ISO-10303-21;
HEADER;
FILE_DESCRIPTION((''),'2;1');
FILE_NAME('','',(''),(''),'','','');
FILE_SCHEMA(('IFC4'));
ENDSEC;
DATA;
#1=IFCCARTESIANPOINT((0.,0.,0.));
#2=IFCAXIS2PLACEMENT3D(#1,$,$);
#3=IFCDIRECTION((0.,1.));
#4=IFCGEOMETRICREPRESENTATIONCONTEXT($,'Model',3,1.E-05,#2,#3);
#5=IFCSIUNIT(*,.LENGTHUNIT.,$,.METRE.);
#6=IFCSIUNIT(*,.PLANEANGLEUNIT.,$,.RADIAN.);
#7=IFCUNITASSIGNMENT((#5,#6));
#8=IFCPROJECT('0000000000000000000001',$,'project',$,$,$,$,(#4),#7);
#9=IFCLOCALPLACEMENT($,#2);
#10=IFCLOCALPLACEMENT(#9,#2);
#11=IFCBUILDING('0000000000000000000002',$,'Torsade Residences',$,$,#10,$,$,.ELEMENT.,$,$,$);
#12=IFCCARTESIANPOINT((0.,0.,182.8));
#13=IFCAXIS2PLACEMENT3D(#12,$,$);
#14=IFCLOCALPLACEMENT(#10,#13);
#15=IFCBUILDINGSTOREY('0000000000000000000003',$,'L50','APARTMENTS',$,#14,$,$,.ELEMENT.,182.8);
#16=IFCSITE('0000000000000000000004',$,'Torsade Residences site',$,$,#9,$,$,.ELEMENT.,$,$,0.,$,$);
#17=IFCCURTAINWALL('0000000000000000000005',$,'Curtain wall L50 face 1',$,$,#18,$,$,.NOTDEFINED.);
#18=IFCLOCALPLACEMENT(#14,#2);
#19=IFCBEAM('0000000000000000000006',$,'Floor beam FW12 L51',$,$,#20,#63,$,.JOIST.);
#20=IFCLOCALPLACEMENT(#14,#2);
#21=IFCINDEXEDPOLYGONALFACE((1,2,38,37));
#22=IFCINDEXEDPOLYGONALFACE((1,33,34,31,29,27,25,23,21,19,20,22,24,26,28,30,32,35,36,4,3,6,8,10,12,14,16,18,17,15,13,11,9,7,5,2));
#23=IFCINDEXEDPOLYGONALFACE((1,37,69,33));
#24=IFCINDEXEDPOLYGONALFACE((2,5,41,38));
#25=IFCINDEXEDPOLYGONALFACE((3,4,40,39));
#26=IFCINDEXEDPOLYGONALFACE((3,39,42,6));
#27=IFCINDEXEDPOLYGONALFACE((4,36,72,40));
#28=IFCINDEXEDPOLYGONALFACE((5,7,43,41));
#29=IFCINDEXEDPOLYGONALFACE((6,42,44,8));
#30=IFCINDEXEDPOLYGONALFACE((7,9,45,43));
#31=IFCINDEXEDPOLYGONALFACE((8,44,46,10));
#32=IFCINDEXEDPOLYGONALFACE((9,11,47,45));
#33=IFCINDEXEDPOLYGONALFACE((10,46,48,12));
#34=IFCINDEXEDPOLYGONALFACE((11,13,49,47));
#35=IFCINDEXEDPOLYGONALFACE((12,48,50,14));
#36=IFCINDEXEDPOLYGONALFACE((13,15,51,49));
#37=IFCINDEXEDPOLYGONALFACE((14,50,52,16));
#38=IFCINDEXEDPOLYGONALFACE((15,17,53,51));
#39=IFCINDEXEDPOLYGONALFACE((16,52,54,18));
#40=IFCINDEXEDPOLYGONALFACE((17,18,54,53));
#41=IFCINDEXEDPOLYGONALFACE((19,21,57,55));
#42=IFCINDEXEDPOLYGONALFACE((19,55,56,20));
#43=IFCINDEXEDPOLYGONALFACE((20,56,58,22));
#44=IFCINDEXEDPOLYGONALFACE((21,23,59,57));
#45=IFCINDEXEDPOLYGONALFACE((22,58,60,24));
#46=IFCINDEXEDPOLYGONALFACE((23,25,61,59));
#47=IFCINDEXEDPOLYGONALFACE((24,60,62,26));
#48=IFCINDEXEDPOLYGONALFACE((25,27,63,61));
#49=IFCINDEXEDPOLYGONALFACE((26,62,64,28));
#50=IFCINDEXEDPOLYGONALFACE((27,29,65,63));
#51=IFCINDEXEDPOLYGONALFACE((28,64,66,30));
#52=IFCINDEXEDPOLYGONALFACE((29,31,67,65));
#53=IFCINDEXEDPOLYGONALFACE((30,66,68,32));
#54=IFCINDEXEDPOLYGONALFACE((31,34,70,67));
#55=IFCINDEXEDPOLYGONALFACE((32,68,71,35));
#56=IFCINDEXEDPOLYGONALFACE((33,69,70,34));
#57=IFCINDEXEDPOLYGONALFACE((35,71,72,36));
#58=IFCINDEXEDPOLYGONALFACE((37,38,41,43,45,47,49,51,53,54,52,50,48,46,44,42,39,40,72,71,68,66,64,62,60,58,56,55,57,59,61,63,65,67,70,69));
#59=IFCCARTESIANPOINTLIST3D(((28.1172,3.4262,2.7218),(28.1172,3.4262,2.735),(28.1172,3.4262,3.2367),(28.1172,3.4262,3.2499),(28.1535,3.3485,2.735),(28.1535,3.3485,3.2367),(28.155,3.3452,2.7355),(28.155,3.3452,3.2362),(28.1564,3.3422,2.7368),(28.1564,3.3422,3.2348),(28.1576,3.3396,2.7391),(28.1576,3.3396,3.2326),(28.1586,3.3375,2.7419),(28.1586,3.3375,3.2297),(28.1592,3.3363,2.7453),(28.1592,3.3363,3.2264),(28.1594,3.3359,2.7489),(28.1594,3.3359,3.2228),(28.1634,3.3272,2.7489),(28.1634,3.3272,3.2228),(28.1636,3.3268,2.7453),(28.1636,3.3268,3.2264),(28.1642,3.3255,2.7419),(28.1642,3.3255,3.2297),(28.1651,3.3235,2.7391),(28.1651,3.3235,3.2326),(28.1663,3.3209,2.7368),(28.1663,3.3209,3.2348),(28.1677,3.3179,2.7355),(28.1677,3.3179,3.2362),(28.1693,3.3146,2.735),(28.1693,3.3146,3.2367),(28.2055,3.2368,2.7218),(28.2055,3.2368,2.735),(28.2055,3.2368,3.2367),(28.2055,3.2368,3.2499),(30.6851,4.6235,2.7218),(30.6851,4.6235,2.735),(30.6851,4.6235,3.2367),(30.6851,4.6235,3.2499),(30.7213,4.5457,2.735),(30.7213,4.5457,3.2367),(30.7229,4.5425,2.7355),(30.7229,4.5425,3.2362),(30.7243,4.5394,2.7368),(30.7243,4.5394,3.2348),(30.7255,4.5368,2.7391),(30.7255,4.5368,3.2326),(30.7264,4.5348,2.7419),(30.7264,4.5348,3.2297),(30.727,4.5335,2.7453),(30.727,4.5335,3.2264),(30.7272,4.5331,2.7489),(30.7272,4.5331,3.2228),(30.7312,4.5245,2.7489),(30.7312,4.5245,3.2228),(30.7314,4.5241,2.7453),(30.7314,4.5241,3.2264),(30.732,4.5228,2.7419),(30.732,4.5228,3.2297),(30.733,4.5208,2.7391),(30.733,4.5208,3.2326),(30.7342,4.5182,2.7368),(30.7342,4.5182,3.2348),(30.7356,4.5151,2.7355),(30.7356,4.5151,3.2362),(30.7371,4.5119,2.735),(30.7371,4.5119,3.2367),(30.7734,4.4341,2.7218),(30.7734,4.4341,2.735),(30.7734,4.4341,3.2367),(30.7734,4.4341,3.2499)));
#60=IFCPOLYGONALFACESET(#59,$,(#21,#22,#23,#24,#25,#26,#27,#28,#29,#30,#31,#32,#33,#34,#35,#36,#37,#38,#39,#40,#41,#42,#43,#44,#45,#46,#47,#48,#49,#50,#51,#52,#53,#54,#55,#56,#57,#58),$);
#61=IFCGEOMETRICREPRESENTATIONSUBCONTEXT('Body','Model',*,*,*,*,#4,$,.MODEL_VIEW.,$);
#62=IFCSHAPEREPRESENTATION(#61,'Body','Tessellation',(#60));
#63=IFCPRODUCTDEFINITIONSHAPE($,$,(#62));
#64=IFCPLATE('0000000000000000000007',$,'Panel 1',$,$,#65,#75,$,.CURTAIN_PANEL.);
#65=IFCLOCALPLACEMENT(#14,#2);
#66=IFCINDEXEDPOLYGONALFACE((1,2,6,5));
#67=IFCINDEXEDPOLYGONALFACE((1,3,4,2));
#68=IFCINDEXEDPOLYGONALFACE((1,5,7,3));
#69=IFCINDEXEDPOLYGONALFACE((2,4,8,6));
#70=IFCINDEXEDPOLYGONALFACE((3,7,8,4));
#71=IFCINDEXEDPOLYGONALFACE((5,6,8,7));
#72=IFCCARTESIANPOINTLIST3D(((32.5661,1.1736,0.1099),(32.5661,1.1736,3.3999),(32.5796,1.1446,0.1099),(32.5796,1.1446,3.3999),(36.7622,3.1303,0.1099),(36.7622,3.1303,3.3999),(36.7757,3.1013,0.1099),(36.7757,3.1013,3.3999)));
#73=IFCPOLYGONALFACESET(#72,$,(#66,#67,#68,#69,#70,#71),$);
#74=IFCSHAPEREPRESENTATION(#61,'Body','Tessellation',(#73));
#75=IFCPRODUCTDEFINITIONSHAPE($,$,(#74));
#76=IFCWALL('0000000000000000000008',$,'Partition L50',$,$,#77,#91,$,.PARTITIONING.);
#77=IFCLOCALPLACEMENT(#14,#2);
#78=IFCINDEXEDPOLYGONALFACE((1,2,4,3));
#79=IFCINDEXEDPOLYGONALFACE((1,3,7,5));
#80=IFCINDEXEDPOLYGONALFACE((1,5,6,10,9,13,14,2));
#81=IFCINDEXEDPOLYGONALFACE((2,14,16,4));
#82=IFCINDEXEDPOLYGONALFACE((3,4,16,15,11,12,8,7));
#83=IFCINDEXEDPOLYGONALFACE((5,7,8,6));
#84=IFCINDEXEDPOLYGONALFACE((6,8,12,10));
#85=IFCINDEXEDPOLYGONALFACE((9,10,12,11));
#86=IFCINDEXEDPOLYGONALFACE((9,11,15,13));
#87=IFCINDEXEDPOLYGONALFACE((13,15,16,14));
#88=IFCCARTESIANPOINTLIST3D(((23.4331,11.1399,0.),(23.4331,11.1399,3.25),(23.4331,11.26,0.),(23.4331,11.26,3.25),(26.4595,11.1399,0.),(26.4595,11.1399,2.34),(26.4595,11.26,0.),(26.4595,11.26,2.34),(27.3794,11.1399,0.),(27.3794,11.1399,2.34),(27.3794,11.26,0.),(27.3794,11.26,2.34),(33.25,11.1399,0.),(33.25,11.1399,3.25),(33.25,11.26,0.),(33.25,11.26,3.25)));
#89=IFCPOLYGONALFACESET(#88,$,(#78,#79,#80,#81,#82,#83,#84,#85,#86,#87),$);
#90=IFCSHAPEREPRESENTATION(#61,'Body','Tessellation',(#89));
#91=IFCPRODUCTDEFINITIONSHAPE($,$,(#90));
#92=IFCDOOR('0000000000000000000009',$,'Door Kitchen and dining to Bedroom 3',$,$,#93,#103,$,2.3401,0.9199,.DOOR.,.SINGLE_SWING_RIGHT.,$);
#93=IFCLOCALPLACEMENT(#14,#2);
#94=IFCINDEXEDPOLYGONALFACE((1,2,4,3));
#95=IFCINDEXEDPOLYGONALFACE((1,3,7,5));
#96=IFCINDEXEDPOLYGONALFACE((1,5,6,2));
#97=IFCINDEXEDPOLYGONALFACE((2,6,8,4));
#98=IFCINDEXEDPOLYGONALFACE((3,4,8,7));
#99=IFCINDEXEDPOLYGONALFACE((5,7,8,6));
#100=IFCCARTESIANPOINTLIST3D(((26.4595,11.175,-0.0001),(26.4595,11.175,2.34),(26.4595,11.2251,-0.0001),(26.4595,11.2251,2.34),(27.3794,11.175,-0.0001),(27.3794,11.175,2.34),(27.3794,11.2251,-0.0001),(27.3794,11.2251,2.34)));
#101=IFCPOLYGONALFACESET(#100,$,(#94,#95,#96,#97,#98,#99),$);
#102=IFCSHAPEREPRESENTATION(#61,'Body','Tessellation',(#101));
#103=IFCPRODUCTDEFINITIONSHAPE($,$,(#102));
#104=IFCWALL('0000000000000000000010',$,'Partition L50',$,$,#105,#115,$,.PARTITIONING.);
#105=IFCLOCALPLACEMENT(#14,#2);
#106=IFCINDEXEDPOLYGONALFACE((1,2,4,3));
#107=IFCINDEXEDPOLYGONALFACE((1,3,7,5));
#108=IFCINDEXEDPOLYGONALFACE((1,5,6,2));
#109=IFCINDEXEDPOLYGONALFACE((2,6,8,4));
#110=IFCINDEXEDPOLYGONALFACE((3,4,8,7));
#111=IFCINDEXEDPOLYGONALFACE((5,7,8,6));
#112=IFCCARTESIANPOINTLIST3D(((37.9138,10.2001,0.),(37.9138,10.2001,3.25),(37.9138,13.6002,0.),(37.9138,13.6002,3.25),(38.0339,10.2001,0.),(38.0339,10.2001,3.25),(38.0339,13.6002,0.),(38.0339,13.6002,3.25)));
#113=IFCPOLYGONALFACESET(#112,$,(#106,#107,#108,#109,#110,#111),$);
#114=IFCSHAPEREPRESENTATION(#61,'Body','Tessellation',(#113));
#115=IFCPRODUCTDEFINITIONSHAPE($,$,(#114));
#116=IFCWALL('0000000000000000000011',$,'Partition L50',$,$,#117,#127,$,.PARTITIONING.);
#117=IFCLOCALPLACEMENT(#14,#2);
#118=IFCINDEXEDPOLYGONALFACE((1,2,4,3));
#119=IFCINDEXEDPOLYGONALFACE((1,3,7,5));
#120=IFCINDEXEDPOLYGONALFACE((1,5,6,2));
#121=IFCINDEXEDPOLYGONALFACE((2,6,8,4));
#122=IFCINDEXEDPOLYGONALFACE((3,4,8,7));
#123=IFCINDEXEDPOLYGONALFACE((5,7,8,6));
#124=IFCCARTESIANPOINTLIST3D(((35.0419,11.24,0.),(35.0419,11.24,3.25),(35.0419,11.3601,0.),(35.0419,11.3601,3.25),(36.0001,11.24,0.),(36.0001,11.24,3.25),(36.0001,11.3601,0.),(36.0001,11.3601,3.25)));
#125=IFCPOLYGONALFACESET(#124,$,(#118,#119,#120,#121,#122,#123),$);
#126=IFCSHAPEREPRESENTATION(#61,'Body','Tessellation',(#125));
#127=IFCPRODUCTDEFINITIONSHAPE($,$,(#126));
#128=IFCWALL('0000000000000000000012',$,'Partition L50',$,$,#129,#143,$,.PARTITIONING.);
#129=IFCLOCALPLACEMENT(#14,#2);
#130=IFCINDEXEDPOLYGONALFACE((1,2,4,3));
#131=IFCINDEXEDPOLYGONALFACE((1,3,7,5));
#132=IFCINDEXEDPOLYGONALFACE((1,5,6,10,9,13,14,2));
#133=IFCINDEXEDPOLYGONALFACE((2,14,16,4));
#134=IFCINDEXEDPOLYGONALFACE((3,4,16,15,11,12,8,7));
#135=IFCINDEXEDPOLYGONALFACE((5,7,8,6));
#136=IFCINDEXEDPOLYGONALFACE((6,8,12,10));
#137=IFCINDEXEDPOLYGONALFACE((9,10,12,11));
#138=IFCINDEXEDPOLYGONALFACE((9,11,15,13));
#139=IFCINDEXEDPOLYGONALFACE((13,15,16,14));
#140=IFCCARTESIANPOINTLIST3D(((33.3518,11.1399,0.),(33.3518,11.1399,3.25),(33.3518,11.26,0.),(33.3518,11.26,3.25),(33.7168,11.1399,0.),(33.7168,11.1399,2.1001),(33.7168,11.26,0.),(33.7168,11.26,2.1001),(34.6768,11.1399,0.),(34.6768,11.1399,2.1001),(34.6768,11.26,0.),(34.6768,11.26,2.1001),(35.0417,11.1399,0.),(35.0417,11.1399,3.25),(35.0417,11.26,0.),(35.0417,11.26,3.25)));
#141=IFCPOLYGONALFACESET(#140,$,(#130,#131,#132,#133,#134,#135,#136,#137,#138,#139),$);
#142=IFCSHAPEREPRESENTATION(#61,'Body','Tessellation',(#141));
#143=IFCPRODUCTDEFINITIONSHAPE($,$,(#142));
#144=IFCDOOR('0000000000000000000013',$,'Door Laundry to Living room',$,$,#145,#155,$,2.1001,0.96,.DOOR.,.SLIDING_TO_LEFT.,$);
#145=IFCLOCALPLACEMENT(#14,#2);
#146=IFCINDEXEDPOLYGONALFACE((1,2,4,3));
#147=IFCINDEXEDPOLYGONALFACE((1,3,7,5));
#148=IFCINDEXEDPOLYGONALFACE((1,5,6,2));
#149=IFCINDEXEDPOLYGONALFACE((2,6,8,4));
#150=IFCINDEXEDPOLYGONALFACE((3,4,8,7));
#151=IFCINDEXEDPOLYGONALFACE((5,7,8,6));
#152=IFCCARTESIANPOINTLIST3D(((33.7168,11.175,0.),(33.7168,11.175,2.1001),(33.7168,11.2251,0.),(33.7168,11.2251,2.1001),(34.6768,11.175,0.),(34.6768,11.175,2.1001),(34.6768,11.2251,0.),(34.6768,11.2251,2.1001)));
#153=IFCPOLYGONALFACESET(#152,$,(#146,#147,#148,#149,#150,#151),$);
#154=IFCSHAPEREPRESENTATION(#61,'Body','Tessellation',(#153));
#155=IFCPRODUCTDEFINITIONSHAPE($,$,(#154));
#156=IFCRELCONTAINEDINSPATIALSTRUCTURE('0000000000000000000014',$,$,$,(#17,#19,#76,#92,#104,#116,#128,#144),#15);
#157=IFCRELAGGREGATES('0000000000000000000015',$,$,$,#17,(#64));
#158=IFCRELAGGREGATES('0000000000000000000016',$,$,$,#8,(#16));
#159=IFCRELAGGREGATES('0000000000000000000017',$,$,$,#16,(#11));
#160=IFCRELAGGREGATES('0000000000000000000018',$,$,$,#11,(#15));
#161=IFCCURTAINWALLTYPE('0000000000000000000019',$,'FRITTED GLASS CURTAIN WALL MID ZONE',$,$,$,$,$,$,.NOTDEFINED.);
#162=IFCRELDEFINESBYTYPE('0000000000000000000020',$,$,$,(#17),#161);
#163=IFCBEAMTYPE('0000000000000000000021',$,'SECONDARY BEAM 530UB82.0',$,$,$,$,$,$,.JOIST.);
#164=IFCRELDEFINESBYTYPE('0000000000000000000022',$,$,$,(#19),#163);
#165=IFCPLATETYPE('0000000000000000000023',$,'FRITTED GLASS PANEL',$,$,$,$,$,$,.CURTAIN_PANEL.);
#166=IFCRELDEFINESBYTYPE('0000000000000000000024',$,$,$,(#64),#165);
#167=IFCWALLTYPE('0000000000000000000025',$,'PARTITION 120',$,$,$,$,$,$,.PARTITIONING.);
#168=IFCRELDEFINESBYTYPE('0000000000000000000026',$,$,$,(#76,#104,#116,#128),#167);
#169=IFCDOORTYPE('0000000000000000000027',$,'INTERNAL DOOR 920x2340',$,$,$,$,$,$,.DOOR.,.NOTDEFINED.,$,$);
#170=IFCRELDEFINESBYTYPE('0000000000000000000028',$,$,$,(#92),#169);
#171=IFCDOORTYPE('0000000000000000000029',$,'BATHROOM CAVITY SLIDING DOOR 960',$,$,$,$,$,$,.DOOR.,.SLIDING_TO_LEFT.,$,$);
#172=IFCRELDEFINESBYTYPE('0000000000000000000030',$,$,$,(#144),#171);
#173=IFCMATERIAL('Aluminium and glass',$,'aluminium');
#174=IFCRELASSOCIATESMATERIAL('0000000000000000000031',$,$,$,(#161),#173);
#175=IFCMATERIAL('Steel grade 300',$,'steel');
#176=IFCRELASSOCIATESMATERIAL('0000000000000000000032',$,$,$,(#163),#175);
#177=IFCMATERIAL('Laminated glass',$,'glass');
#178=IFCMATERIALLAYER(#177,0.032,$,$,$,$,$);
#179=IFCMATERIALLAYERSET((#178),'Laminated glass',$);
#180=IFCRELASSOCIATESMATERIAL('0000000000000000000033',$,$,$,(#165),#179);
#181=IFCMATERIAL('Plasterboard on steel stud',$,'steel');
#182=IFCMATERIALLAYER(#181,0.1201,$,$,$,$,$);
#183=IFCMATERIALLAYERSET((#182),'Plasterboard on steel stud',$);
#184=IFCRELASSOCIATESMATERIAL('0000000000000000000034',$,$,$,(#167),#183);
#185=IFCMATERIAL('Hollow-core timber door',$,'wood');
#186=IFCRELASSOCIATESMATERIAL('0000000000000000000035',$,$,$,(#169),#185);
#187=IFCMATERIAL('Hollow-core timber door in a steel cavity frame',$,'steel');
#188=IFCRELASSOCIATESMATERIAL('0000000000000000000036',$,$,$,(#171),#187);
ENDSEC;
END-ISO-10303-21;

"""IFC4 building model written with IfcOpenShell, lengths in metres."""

from ifc_helpers import new_model, si_unit, direction, frame, frame_2d, origin, origin_2d, place, context, subcontext, project, spatial, rectangle, i_section, extrude, material, layer, layer_set, material_profile, profile_set, type_object, element, fill, aggregate, save


model = new_model("IFC4")

# Units and contexts
model_context = context("Model", 3, precision=1e-05, world=origin(), true_north=direction((0.0, 1.0)))
body_context = subcontext(model_context, "Body", "Model", "MODEL_VIEW")
ifc_project = project(units=[si_unit("LENGTHUNIT", "METRE"), si_unit("PLANEANGLEUNIT", "RADIAN")], contexts=[model_context])

# Site, building, storey
site_placement = place(None, origin())
site = spatial("IfcSite", under=ifc_project, at=site_placement, Name="Torsade Residences site", CompositionType="ELEMENT", RefElevation=0.0)
building_placement = place(site_placement, origin())
building = spatial("IfcBuilding", under=site, at=building_placement, Name="Torsade Residences", CompositionType="ELEMENT")
storey_placement = place(building_placement, frame((0.0, 0.0, 182.8)))
storey = spatial("IfcBuildingStorey", under=building, at=storey_placement, Name="L50", Description="APARTMENTS", CompositionType="ELEMENT", Elevation=182.8)

# Curtain wall
ifc_material_1 = material(Name="Aluminium and glass", Category="aluminium")
curtain_wall_type = type_object("IfcCurtainWallType", Name="FRITTED GLASS CURTAIN WALL MID ZONE", PredefinedType="NOTDEFINED", material=ifc_material_1)
curtain_wall_placement = place(storey_placement, origin())
curtain_wall = element("IfcCurtainWall", 1, at=curtain_wall_placement, inside=storey, type_object=curtain_wall_type, Name="Curtain wall L50 face 1", PredefinedType="NOTDEFINED")

# Beam
ifc_material_2 = material(Name="Steel grade 300", Category="steel")
ifc_material_profile_1 = material_profile(ifc_material_2, i_section(OverallWidth=0.209, OverallDepth=0.5281, WebThickness=0.0095, FlangeThickness=0.0132, FilletRadius=0.0139, at=origin_2d()), Name="530UB82.0")
ifc_profile_set_1 = profile_set([ifc_material_profile_1], Name="Steel grade 300")
beam_type_1 = type_object("IfcBeamType", Name="SECONDARY BEAM 530UB82.0", PredefinedType="JOIST", material=ifc_profile_set_1)
beam_1_placement = place(storey_placement, frame((28.1614, 3.3315, 2.9858), z_axis=(0.906328, 0.422574, 0.0), x_axis=(-0.422574, 0.906328, 0.0)))
element("IfcBeam", 2, at=beam_1_placement, inside=storey, type_object=beam_type_1, Name="Floor beam FW12 L51", PredefinedType="JOIST", context=body_context, shape_type="SweptSolid", body=[
    extrude(i_section(OverallWidth=0.209, OverallDepth=0.5281, WebThickness=0.0095, FlangeThickness=0.0132, FilletRadius=0.0139, at=origin_2d()), origin(), (0.0, 0.0, 1.0), 2.8333),
])

# Plate
ifc_material_3 = material(Name="Laminated glass", Category="glass")
ifc_layer_1 = layer(ifc_material_3, 0.032)
ifc_layer_set_1 = layer_set([ifc_layer_1], Name="Laminated glass")
plate_type = type_object("IfcPlateType", Name="FRITTED GLASS PANEL", PredefinedType="CURTAIN_PANEL", material=ifc_layer_set_1)
plate_placement = place(storey_placement, frame((34.6709, 2.1375, 0.1099), z_axis=(0.0, 0.0, 1.0), x_axis=(0.906308, 0.422618, 0.0)))
plate = element("IfcPlate", 3, at=plate_placement, type_object=plate_type, Name="Panel 1", PredefinedType="CURTAIN_PANEL", context=body_context, shape_type="SweptSolid", body=[
    extrude(rectangle(XDim=4.6299, YDim=0.032, at=origin_2d()), origin(), (0.0, 0.0, 1.0), 3.29),
])
aggregate(curtain_wall, [plate])

# Wall, opening, door
ifc_material_4 = material(Name="Plasterboard on steel stud", Category="steel")
ifc_layer_2 = layer(ifc_material_4, 0.1201)
ifc_layer_set_2 = layer_set([ifc_layer_2], Name="Plasterboard on steel stud")
wall_type_1 = type_object("IfcWallType", Name="PARTITION 120", PredefinedType="PARTITIONING", material=ifc_layer_set_2)
wall_1_placement = place(storey_placement, frame((33.25, 11.2, 0.0), z_axis=(0.0, 0.0, 1.0), x_axis=(-1.0, 0.0, 0.0)))
wall_1 = element("IfcWall", 4, at=wall_1_placement, inside=storey, type_object=wall_type_1, Name="Partition L50", PredefinedType="PARTITIONING", context=body_context, shape_type="SweptSolid", body=[
    extrude(rectangle(XDim=9.8169, YDim=0.1201, at=frame_2d((4.9084, 0.0))), origin(), (0.0, 0.0, 1.0), 3.25),
])
opening_1_placement = place(wall_1_placement, frame((5.8706, 0.0, 0.0)))
opening_1 = element("IfcOpeningElement", 5, at=opening_1_placement, cuts=wall_1, PredefinedType="OPENING", context=body_context, shape_type="SweptSolid", body=[
    extrude(rectangle(XDim=0.9199, YDim=2.3401, at=frame_2d((0.46, 1.1699))), frame((0.0, 0.0701, 0.0), z_axis=(0.0, -1.0, 0.0), x_axis=(1.0, 0.0, 0.0)), (0.0, 0.0, 1.0), 0.1401),
])
ifc_material_5 = material(Name="Hollow-core timber door", Category="wood")
door_type_1 = type_object("IfcDoorType", Name="INTERNAL DOOR 920x2340", OperationType="NOTDEFINED", PredefinedType="DOOR", material=ifc_material_5)
door_1_placement = place(opening_1_placement, origin())
door_1 = element("IfcDoor", 6, at=door_1_placement, inside=storey, type_object=door_type_1, Name="Door Kitchen and dining to Bedroom 3", OperationType="SINGLE_SWING_RIGHT", OverallHeight=2.3401, OverallWidth=0.9199, PredefinedType="DOOR", context=body_context, shape_type="SweptSolid", body=[
    extrude(rectangle(XDim=0.9199, YDim=2.3401, at=frame_2d((0.46, 1.1699))), frame((0.0, 0.0249, 0.0), z_axis=(0.0, -1.0, 0.0), x_axis=(1.0, 0.0, 0.0)), (0.0, 0.0, 1.0), 0.05),
])
fill(opening_1, door_1)

# Walls
wall_2_placement = place(storey_placement, frame((37.9739, 10.2, 0.0), z_axis=(0.0, 0.0, 1.0), x_axis=(0.0, 1.0, 0.0)))
element("IfcWall", 7, at=wall_2_placement, inside=storey, type_object=wall_type_1, Name="Partition L50", PredefinedType="PARTITIONING", context=body_context, shape_type="SweptSolid", body=[
    extrude(rectangle(XDim=3.4001, YDim=0.1201, at=frame_2d((1.7002, 0.0))), origin(), (0.0, 0.0, 1.0), 3.25),
])
wall_3_placement = place(storey_placement, frame((36.0, 11.3, 0.0), z_axis=(0.0, 0.0, 1.0), x_axis=(-1.0, 0.0, 0.0)))
element("IfcWall", 8, at=wall_3_placement, inside=storey, type_object=wall_type_1, Name="Partition L50", PredefinedType="PARTITIONING", context=body_context, shape_type="SweptSolid", body=[
    extrude(rectangle(XDim=0.9583, YDim=0.1201, at=frame_2d((0.479, 0.0))), origin(), (0.0, 0.0, 1.0), 3.25),
])

# Wall, opening, door
wall_4_placement = place(storey_placement, frame((35.0417, 11.2, 0.0), z_axis=(0.0, 0.0, 1.0), x_axis=(-1.0, 0.0, 0.0)))
wall_4 = element("IfcWall", 9, at=wall_4_placement, inside=storey, type_object=wall_type_1, Name="Partition L50", PredefinedType="PARTITIONING", context=body_context, shape_type="SweptSolid", body=[
    extrude(rectangle(XDim=1.6899, YDim=0.1201, at=frame_2d((0.845, 0.0))), origin(), (0.0, 0.0, 1.0), 3.25),
])
opening_2_placement = place(wall_4_placement, frame((0.365, 0.0, 0.0)))
opening_2 = element("IfcOpeningElement", 10, at=opening_2_placement, cuts=wall_4, PredefinedType="OPENING", context=body_context, shape_type="SweptSolid", body=[
    extrude(rectangle(XDim=0.96, YDim=2.1001, at=frame_2d((0.48, 1.05))), frame((0.0, 0.0701, 0.0), z_axis=(0.0, -1.0, 0.0), x_axis=(1.0, 0.0, 0.0)), (0.0, 0.0, 1.0), 0.1401),
])
ifc_material_6 = material(Name="Hollow-core timber door in a steel cavity frame", Category="steel")
door_type_2 = type_object("IfcDoorType", Name="BATHROOM CAVITY SLIDING DOOR 960", OperationType="SLIDING_TO_LEFT", PredefinedType="DOOR", material=ifc_material_6)
door_2_placement = place(opening_2_placement, origin())
door_2 = element("IfcDoor", 11, at=door_2_placement, inside=storey, type_object=door_type_2, Name="Door Laundry to Living room", OperationType="SLIDING_TO_LEFT", OverallHeight=2.1001, OverallWidth=0.96, PredefinedType="DOOR", context=body_context, shape_type="SweptSolid", body=[
    extrude(rectangle(XDim=0.96, YDim=2.1001, at=frame_2d((0.48, 1.05))), frame((0.0, 0.0249, 0.0), z_axis=(0.0, -1.0, 0.0), x_axis=(1.0, 0.0, 0.0)), (0.0, 0.0, 1.0), 0.05),
])
fill(opening_2, door_2)

save(model, "model.ifc")
